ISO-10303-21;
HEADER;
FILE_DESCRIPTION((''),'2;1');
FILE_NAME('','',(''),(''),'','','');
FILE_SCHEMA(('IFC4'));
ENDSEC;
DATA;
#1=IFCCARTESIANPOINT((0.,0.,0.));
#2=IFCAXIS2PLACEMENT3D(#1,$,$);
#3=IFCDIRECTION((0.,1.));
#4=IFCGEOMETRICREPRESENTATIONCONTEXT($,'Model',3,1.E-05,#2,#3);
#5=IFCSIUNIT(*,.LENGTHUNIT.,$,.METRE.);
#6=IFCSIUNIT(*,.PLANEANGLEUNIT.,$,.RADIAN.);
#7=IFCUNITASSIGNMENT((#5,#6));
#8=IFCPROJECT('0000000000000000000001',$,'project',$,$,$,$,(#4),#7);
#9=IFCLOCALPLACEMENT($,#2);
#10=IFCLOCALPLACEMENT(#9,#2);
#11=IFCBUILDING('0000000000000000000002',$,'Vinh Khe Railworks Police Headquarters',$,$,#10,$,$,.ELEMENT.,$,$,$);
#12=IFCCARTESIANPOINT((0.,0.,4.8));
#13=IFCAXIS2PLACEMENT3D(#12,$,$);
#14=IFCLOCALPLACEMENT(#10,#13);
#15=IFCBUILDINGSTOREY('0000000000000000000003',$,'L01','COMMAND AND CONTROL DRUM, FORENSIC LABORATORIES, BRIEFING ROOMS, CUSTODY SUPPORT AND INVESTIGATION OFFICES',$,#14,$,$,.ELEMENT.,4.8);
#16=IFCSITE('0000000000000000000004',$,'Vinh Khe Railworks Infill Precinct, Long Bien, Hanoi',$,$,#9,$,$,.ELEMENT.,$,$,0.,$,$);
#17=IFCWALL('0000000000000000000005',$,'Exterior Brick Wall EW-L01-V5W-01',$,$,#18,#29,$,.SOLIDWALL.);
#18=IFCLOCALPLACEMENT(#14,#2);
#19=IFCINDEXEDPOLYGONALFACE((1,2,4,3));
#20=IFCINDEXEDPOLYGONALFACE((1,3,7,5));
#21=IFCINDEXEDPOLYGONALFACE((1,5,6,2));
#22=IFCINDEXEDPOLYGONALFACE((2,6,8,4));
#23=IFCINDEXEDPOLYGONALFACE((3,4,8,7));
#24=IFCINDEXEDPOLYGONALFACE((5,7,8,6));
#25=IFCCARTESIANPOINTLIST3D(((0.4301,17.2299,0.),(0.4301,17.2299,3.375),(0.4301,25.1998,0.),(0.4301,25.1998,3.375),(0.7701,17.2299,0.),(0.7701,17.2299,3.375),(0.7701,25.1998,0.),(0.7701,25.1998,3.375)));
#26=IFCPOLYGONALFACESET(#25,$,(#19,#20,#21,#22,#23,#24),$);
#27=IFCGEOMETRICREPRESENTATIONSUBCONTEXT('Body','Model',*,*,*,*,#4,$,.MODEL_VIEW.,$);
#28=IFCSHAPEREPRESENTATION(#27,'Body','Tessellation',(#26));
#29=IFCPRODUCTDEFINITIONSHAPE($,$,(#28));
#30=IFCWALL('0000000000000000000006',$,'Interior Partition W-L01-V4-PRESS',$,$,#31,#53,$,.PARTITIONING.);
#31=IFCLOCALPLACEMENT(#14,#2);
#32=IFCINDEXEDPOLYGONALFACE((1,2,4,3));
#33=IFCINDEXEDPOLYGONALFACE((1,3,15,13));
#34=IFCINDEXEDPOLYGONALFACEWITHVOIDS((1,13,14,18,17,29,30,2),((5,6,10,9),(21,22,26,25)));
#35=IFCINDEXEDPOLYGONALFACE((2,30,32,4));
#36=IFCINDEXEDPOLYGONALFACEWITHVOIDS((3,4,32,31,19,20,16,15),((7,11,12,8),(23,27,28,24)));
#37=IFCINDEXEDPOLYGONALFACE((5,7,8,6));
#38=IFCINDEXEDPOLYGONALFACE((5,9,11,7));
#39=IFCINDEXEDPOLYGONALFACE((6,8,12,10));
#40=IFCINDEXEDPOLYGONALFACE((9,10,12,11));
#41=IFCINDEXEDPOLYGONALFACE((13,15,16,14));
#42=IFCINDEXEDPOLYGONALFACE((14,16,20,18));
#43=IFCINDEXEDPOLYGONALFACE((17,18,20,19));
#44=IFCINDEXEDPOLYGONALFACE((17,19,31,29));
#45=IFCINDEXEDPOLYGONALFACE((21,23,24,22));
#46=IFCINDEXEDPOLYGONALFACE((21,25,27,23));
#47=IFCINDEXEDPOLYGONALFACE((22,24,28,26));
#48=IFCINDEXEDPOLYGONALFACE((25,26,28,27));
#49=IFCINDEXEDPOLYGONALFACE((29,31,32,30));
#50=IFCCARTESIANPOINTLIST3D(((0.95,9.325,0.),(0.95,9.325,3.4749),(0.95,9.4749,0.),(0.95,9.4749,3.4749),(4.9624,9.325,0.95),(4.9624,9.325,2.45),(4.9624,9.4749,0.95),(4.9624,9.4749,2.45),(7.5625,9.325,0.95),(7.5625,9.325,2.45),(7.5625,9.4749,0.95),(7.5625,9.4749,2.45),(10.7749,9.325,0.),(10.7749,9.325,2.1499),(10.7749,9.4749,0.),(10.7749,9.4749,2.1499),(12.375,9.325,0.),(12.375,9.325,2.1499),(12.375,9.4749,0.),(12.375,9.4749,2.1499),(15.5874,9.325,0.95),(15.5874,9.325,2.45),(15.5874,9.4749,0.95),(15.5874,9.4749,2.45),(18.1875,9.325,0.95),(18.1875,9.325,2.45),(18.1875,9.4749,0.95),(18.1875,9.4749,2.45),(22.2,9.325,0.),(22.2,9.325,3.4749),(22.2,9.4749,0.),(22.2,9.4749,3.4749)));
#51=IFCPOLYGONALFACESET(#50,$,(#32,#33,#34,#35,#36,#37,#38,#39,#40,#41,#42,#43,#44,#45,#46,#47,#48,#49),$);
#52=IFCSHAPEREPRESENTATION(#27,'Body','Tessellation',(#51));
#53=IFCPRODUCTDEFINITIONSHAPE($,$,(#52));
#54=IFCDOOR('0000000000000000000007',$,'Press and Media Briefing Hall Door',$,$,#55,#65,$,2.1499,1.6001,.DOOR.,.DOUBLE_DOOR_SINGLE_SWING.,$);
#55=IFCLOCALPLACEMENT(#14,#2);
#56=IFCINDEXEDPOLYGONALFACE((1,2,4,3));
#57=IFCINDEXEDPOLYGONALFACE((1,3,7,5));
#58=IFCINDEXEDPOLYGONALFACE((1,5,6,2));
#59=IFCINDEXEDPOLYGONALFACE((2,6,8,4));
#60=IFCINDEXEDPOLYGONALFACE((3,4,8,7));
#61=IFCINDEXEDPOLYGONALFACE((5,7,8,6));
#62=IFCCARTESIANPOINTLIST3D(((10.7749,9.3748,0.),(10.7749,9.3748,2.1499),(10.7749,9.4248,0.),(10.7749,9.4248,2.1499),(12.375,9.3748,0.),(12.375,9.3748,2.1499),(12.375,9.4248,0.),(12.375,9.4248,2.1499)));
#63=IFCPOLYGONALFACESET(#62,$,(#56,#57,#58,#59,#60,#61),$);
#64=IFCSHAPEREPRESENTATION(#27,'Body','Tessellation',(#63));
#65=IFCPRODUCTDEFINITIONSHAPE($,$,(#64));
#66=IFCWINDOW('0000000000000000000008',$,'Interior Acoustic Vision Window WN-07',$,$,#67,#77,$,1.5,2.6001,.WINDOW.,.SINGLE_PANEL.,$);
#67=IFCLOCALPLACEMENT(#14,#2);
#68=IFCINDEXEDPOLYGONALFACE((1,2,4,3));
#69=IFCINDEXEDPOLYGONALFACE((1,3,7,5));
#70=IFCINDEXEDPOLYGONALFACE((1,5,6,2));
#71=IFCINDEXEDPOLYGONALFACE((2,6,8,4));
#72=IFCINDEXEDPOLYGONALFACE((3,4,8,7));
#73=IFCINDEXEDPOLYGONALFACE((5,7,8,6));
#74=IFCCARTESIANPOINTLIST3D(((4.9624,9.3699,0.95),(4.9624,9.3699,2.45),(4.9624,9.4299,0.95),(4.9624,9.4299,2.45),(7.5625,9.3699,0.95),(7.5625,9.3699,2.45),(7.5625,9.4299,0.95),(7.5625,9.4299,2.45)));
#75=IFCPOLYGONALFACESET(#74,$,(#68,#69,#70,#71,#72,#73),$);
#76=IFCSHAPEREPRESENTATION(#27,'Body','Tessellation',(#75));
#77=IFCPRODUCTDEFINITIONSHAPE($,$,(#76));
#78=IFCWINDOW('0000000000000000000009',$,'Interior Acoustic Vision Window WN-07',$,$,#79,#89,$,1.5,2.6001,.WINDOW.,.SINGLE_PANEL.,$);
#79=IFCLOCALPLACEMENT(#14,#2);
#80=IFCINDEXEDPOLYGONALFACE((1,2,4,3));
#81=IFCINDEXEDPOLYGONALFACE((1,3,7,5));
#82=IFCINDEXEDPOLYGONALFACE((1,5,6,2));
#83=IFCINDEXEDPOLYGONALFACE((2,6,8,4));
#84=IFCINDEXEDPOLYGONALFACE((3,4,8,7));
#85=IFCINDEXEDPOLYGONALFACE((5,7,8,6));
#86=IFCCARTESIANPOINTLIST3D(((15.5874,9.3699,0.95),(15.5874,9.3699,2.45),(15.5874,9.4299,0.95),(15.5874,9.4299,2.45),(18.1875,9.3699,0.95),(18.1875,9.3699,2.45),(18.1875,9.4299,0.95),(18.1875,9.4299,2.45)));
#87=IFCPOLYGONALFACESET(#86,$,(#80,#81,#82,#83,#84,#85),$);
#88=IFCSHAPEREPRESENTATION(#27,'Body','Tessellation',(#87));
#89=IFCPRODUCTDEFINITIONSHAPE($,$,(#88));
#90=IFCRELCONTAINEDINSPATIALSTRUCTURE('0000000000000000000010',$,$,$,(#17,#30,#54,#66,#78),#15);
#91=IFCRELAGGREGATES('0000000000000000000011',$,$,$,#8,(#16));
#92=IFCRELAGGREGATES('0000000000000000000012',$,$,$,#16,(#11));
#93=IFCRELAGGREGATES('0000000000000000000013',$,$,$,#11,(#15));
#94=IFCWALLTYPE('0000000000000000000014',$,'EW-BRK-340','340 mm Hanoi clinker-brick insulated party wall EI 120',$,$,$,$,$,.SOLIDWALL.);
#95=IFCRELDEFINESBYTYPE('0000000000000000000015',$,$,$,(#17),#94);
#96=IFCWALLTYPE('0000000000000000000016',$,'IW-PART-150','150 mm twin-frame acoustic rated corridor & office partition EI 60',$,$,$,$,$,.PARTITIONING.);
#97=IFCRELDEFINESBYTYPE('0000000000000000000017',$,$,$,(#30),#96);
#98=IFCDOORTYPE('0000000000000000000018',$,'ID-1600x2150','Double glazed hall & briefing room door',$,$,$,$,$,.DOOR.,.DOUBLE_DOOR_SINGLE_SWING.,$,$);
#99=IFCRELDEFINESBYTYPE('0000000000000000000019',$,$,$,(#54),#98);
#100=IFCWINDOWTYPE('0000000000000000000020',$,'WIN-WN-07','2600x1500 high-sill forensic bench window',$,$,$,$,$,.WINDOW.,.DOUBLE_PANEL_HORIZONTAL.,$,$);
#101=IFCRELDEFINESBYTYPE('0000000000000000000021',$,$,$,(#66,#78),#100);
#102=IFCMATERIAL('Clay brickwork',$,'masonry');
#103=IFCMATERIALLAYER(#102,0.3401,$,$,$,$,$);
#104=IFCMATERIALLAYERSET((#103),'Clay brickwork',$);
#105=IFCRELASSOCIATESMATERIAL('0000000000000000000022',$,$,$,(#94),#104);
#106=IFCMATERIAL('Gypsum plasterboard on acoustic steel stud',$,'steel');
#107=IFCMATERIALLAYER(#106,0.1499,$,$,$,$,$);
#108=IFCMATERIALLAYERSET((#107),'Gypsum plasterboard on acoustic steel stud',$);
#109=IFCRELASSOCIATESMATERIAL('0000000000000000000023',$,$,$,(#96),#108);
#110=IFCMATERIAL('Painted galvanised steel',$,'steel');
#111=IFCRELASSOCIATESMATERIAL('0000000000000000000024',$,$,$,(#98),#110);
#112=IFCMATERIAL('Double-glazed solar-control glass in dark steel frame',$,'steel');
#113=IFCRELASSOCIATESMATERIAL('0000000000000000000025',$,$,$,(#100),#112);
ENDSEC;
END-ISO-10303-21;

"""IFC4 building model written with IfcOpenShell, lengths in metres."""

from ifc_helpers import new_model, si_unit, direction, frame, frame_2d, origin, place, context, subcontext, project, spatial, rectangle, extrude, material, layer, layer_set, type_object, element, fill, save


model = new_model("IFC4")

# Units and contexts
model_context = context("Model", 3, precision=1e-05, world=origin(), true_north=direction((0.0, 1.0)))
body_context = subcontext(model_context, "Body", "Model", "MODEL_VIEW")
ifc_project = project(units=[si_unit("LENGTHUNIT", "METRE"), si_unit("PLANEANGLEUNIT", "RADIAN")], contexts=[model_context])

# Site, building, storey
site_placement = place(None, origin())
site = spatial("IfcSite", under=ifc_project, at=site_placement, Name="Vinh Khe Railworks Infill Precinct, Long Bien, Hanoi", CompositionType="ELEMENT", RefElevation=0.0)
building_placement = place(site_placement, origin())
building = spatial("IfcBuilding", under=site, at=building_placement, Name="Vinh Khe Railworks Police Headquarters", CompositionType="ELEMENT")
storey_placement = place(building_placement, frame((0.0, 0.0, 4.8)))
storey = spatial("IfcBuildingStorey", under=building, at=storey_placement, Name="L01", Description="COMMAND AND CONTROL DRUM, FORENSIC LABORATORIES, BRIEFING ROOMS, CUSTODY SUPPORT AND INVESTIGATION OFFICES", CompositionType="ELEMENT", Elevation=4.8)

# Shared definitions
ifc_material_1 = material(Name="Clay brickwork", Category="masonry")
ifc_material_2 = material(Name="Double-glazed solar-control glass in dark steel frame", Category="steel")
ifc_layer_1 = layer(ifc_material_1, 0.3401)
ifc_layer_set_1 = layer_set([ifc_layer_1], Name="Clay brickwork")
wall_type_1 = type_object("IfcWallType", Name="EW-BRK-340", Description="340 mm Hanoi clinker-brick insulated party wall EI 120", PredefinedType="SOLIDWALL", material=ifc_layer_set_1)

# Wall
wall_1_placement = place(storey_placement, frame((0.6001, 17.23, 0.0), z_axis=(0.0, 0.0, 1.0), x_axis=(0.0, 1.0, 0.0)))
element("IfcWall", 1, at=wall_1_placement, inside=storey, type_object=wall_type_1, Name="Exterior Brick Wall EW-L01-V5W-01", PredefinedType="SOLIDWALL", context=body_context, shape_type="SweptSolid", body=[
    extrude(rectangle(XDim=7.97, YDim=0.3401, at=frame_2d((3.9849, 0.0))), origin(), (0.0, 0.0, 1.0), 3.375),
])

# Wall, openings, door, windows
ifc_material_3 = material(Name="Gypsum plasterboard on acoustic steel stud", Category="steel")
ifc_layer_2 = layer(ifc_material_3, 0.1499)
ifc_layer_set_2 = layer_set([ifc_layer_2], Name="Gypsum plasterboard on acoustic steel stud")
wall_type_2 = type_object("IfcWallType", Name="IW-PART-150", Description="150 mm twin-frame acoustic rated corridor & office partition EI 60", PredefinedType="PARTITIONING", material=ifc_layer_set_2)
wall_2_placement = place(storey_placement, frame((0.95, 9.3999, 0.0), z_axis=(0.0, 0.0, 1.0), x_axis=(1.0, 0.0, 0.0)))
wall_2 = element("IfcWall", 2, at=wall_2_placement, inside=storey, type_object=wall_type_2, Name="Interior Partition W-L01-V4-PRESS", PredefinedType="PARTITIONING", context=body_context, shape_type="SweptSolid", body=[
    extrude(rectangle(XDim=21.25, YDim=0.1499, at=frame_2d((10.625, 0.0))), origin(), (0.0, 0.0, 1.0), 3.4749),
])
opening_1_placement = place(wall_2_placement, frame((9.825, 0.0, 0.0)))
opening_1 = element("IfcOpeningElement", 3, at=opening_1_placement, cuts=wall_2, PredefinedType="OPENING", context=body_context, shape_type="SweptSolid", body=[
    extrude(rectangle(XDim=1.6001, YDim=2.1499, at=frame_2d((0.8, 1.075))), frame((0.0, 0.0898, 0.0), z_axis=(0.0, -1.0, 0.0), x_axis=(1.0, 0.0, 0.0)), (0.0, 0.0, 1.0), 0.1797),
])
opening_2_placement = place(wall_2_placement, frame((4.0125, 0.0, 0.95)))
opening_2 = element("IfcOpeningElement", 4, at=opening_2_placement, cuts=wall_2, PredefinedType="OPENING", context=body_context, shape_type="SweptSolid", body=[
    extrude(rectangle(XDim=2.6001, YDim=1.5, at=frame_2d((1.3, 0.75))), frame((0.0, 0.0898, 0.0), z_axis=(0.0, -1.0, 0.0), x_axis=(1.0, 0.0, 0.0)), (0.0, 0.0, 1.0), 0.1797),
])
opening_3_placement = place(wall_2_placement, frame((14.6375, 0.0, 0.95)))
opening_3 = element("IfcOpeningElement", 5, at=opening_3_placement, cuts=wall_2, PredefinedType="OPENING", context=body_context, shape_type="SweptSolid", body=[
    extrude(rectangle(XDim=2.6001, YDim=1.5, at=frame_2d((1.3, 0.75))), frame((0.0, 0.0898, 0.0), z_axis=(0.0, -1.0, 0.0), x_axis=(1.0, 0.0, 0.0)), (0.0, 0.0, 1.0), 0.1797),
])
ifc_material_4 = material(Name="Painted galvanised steel", Category="steel")
door_type = type_object("IfcDoorType", Name="ID-1600x2150", Description="Double glazed hall & briefing room door", OperationType="DOUBLE_DOOR_SINGLE_SWING", PredefinedType="DOOR", material=ifc_material_4)
door_placement = place(opening_1_placement, origin())
door = element("IfcDoor", 6, at=door_placement, inside=storey, type_object=door_type, Name="Press and Media Briefing Hall Door", OperationType="DOUBLE_DOOR_SINGLE_SWING", OverallHeight=2.1499, OverallWidth=1.6001, PredefinedType="DOOR", context=body_context, shape_type="SweptSolid", body=[
    extrude(rectangle(XDim=1.6001, YDim=2.1499, at=frame_2d((0.8, 1.075))), frame((0.0, 0.0249, 0.0), z_axis=(0.0, -1.0, 0.0), x_axis=(1.0, 0.0, 0.0)), (0.0, 0.0, 1.0), 0.05),
])
fill(opening_1, door)
window_type_1 = type_object("IfcWindowType", Name="WIN-WN-07", Description="2600x1500 high-sill forensic bench window", PartitioningType="DOUBLE_PANEL_HORIZONTAL", PredefinedType="WINDOW", material=ifc_material_2)
window_1_placement = place(opening_2_placement, origin())
window_1 = element("IfcWindow", 7, at=window_1_placement, inside=storey, type_object=window_type_1, Name="Interior Acoustic Vision Window WN-07", OverallHeight=1.5, OverallWidth=2.6001, PartitioningType="SINGLE_PANEL", PredefinedType="WINDOW", context=body_context, shape_type="SweptSolid", body=[
    extrude(rectangle(XDim=2.6001, YDim=1.5, at=frame_2d((1.3, 0.75))), frame((0.0, 0.03, 0.0), z_axis=(0.0, -1.0, 0.0), x_axis=(1.0, 0.0, 0.0)), (0.0, 0.0, 1.0), 0.0601),
])
fill(opening_2, window_1)
window_2_placement = place(opening_3_placement, origin())
window_2 = element("IfcWindow", 8, at=window_2_placement, inside=storey, type_object=window_type_1, Name="Interior Acoustic Vision Window WN-07", OverallHeight=1.5, OverallWidth=2.6001, PartitioningType="SINGLE_PANEL", PredefinedType="WINDOW", context=body_context, shape_type="SweptSolid", body=[
    extrude(rectangle(XDim=2.6001, YDim=1.5, at=frame_2d((1.3, 0.75))), frame((0.0, 0.03, 0.0), z_axis=(0.0, -1.0, 0.0), x_axis=(1.0, 0.0, 0.0)), (0.0, 0.0, 1.0), 0.0601),
])
fill(opening_3, window_2)

save(model, "model.ifc")
